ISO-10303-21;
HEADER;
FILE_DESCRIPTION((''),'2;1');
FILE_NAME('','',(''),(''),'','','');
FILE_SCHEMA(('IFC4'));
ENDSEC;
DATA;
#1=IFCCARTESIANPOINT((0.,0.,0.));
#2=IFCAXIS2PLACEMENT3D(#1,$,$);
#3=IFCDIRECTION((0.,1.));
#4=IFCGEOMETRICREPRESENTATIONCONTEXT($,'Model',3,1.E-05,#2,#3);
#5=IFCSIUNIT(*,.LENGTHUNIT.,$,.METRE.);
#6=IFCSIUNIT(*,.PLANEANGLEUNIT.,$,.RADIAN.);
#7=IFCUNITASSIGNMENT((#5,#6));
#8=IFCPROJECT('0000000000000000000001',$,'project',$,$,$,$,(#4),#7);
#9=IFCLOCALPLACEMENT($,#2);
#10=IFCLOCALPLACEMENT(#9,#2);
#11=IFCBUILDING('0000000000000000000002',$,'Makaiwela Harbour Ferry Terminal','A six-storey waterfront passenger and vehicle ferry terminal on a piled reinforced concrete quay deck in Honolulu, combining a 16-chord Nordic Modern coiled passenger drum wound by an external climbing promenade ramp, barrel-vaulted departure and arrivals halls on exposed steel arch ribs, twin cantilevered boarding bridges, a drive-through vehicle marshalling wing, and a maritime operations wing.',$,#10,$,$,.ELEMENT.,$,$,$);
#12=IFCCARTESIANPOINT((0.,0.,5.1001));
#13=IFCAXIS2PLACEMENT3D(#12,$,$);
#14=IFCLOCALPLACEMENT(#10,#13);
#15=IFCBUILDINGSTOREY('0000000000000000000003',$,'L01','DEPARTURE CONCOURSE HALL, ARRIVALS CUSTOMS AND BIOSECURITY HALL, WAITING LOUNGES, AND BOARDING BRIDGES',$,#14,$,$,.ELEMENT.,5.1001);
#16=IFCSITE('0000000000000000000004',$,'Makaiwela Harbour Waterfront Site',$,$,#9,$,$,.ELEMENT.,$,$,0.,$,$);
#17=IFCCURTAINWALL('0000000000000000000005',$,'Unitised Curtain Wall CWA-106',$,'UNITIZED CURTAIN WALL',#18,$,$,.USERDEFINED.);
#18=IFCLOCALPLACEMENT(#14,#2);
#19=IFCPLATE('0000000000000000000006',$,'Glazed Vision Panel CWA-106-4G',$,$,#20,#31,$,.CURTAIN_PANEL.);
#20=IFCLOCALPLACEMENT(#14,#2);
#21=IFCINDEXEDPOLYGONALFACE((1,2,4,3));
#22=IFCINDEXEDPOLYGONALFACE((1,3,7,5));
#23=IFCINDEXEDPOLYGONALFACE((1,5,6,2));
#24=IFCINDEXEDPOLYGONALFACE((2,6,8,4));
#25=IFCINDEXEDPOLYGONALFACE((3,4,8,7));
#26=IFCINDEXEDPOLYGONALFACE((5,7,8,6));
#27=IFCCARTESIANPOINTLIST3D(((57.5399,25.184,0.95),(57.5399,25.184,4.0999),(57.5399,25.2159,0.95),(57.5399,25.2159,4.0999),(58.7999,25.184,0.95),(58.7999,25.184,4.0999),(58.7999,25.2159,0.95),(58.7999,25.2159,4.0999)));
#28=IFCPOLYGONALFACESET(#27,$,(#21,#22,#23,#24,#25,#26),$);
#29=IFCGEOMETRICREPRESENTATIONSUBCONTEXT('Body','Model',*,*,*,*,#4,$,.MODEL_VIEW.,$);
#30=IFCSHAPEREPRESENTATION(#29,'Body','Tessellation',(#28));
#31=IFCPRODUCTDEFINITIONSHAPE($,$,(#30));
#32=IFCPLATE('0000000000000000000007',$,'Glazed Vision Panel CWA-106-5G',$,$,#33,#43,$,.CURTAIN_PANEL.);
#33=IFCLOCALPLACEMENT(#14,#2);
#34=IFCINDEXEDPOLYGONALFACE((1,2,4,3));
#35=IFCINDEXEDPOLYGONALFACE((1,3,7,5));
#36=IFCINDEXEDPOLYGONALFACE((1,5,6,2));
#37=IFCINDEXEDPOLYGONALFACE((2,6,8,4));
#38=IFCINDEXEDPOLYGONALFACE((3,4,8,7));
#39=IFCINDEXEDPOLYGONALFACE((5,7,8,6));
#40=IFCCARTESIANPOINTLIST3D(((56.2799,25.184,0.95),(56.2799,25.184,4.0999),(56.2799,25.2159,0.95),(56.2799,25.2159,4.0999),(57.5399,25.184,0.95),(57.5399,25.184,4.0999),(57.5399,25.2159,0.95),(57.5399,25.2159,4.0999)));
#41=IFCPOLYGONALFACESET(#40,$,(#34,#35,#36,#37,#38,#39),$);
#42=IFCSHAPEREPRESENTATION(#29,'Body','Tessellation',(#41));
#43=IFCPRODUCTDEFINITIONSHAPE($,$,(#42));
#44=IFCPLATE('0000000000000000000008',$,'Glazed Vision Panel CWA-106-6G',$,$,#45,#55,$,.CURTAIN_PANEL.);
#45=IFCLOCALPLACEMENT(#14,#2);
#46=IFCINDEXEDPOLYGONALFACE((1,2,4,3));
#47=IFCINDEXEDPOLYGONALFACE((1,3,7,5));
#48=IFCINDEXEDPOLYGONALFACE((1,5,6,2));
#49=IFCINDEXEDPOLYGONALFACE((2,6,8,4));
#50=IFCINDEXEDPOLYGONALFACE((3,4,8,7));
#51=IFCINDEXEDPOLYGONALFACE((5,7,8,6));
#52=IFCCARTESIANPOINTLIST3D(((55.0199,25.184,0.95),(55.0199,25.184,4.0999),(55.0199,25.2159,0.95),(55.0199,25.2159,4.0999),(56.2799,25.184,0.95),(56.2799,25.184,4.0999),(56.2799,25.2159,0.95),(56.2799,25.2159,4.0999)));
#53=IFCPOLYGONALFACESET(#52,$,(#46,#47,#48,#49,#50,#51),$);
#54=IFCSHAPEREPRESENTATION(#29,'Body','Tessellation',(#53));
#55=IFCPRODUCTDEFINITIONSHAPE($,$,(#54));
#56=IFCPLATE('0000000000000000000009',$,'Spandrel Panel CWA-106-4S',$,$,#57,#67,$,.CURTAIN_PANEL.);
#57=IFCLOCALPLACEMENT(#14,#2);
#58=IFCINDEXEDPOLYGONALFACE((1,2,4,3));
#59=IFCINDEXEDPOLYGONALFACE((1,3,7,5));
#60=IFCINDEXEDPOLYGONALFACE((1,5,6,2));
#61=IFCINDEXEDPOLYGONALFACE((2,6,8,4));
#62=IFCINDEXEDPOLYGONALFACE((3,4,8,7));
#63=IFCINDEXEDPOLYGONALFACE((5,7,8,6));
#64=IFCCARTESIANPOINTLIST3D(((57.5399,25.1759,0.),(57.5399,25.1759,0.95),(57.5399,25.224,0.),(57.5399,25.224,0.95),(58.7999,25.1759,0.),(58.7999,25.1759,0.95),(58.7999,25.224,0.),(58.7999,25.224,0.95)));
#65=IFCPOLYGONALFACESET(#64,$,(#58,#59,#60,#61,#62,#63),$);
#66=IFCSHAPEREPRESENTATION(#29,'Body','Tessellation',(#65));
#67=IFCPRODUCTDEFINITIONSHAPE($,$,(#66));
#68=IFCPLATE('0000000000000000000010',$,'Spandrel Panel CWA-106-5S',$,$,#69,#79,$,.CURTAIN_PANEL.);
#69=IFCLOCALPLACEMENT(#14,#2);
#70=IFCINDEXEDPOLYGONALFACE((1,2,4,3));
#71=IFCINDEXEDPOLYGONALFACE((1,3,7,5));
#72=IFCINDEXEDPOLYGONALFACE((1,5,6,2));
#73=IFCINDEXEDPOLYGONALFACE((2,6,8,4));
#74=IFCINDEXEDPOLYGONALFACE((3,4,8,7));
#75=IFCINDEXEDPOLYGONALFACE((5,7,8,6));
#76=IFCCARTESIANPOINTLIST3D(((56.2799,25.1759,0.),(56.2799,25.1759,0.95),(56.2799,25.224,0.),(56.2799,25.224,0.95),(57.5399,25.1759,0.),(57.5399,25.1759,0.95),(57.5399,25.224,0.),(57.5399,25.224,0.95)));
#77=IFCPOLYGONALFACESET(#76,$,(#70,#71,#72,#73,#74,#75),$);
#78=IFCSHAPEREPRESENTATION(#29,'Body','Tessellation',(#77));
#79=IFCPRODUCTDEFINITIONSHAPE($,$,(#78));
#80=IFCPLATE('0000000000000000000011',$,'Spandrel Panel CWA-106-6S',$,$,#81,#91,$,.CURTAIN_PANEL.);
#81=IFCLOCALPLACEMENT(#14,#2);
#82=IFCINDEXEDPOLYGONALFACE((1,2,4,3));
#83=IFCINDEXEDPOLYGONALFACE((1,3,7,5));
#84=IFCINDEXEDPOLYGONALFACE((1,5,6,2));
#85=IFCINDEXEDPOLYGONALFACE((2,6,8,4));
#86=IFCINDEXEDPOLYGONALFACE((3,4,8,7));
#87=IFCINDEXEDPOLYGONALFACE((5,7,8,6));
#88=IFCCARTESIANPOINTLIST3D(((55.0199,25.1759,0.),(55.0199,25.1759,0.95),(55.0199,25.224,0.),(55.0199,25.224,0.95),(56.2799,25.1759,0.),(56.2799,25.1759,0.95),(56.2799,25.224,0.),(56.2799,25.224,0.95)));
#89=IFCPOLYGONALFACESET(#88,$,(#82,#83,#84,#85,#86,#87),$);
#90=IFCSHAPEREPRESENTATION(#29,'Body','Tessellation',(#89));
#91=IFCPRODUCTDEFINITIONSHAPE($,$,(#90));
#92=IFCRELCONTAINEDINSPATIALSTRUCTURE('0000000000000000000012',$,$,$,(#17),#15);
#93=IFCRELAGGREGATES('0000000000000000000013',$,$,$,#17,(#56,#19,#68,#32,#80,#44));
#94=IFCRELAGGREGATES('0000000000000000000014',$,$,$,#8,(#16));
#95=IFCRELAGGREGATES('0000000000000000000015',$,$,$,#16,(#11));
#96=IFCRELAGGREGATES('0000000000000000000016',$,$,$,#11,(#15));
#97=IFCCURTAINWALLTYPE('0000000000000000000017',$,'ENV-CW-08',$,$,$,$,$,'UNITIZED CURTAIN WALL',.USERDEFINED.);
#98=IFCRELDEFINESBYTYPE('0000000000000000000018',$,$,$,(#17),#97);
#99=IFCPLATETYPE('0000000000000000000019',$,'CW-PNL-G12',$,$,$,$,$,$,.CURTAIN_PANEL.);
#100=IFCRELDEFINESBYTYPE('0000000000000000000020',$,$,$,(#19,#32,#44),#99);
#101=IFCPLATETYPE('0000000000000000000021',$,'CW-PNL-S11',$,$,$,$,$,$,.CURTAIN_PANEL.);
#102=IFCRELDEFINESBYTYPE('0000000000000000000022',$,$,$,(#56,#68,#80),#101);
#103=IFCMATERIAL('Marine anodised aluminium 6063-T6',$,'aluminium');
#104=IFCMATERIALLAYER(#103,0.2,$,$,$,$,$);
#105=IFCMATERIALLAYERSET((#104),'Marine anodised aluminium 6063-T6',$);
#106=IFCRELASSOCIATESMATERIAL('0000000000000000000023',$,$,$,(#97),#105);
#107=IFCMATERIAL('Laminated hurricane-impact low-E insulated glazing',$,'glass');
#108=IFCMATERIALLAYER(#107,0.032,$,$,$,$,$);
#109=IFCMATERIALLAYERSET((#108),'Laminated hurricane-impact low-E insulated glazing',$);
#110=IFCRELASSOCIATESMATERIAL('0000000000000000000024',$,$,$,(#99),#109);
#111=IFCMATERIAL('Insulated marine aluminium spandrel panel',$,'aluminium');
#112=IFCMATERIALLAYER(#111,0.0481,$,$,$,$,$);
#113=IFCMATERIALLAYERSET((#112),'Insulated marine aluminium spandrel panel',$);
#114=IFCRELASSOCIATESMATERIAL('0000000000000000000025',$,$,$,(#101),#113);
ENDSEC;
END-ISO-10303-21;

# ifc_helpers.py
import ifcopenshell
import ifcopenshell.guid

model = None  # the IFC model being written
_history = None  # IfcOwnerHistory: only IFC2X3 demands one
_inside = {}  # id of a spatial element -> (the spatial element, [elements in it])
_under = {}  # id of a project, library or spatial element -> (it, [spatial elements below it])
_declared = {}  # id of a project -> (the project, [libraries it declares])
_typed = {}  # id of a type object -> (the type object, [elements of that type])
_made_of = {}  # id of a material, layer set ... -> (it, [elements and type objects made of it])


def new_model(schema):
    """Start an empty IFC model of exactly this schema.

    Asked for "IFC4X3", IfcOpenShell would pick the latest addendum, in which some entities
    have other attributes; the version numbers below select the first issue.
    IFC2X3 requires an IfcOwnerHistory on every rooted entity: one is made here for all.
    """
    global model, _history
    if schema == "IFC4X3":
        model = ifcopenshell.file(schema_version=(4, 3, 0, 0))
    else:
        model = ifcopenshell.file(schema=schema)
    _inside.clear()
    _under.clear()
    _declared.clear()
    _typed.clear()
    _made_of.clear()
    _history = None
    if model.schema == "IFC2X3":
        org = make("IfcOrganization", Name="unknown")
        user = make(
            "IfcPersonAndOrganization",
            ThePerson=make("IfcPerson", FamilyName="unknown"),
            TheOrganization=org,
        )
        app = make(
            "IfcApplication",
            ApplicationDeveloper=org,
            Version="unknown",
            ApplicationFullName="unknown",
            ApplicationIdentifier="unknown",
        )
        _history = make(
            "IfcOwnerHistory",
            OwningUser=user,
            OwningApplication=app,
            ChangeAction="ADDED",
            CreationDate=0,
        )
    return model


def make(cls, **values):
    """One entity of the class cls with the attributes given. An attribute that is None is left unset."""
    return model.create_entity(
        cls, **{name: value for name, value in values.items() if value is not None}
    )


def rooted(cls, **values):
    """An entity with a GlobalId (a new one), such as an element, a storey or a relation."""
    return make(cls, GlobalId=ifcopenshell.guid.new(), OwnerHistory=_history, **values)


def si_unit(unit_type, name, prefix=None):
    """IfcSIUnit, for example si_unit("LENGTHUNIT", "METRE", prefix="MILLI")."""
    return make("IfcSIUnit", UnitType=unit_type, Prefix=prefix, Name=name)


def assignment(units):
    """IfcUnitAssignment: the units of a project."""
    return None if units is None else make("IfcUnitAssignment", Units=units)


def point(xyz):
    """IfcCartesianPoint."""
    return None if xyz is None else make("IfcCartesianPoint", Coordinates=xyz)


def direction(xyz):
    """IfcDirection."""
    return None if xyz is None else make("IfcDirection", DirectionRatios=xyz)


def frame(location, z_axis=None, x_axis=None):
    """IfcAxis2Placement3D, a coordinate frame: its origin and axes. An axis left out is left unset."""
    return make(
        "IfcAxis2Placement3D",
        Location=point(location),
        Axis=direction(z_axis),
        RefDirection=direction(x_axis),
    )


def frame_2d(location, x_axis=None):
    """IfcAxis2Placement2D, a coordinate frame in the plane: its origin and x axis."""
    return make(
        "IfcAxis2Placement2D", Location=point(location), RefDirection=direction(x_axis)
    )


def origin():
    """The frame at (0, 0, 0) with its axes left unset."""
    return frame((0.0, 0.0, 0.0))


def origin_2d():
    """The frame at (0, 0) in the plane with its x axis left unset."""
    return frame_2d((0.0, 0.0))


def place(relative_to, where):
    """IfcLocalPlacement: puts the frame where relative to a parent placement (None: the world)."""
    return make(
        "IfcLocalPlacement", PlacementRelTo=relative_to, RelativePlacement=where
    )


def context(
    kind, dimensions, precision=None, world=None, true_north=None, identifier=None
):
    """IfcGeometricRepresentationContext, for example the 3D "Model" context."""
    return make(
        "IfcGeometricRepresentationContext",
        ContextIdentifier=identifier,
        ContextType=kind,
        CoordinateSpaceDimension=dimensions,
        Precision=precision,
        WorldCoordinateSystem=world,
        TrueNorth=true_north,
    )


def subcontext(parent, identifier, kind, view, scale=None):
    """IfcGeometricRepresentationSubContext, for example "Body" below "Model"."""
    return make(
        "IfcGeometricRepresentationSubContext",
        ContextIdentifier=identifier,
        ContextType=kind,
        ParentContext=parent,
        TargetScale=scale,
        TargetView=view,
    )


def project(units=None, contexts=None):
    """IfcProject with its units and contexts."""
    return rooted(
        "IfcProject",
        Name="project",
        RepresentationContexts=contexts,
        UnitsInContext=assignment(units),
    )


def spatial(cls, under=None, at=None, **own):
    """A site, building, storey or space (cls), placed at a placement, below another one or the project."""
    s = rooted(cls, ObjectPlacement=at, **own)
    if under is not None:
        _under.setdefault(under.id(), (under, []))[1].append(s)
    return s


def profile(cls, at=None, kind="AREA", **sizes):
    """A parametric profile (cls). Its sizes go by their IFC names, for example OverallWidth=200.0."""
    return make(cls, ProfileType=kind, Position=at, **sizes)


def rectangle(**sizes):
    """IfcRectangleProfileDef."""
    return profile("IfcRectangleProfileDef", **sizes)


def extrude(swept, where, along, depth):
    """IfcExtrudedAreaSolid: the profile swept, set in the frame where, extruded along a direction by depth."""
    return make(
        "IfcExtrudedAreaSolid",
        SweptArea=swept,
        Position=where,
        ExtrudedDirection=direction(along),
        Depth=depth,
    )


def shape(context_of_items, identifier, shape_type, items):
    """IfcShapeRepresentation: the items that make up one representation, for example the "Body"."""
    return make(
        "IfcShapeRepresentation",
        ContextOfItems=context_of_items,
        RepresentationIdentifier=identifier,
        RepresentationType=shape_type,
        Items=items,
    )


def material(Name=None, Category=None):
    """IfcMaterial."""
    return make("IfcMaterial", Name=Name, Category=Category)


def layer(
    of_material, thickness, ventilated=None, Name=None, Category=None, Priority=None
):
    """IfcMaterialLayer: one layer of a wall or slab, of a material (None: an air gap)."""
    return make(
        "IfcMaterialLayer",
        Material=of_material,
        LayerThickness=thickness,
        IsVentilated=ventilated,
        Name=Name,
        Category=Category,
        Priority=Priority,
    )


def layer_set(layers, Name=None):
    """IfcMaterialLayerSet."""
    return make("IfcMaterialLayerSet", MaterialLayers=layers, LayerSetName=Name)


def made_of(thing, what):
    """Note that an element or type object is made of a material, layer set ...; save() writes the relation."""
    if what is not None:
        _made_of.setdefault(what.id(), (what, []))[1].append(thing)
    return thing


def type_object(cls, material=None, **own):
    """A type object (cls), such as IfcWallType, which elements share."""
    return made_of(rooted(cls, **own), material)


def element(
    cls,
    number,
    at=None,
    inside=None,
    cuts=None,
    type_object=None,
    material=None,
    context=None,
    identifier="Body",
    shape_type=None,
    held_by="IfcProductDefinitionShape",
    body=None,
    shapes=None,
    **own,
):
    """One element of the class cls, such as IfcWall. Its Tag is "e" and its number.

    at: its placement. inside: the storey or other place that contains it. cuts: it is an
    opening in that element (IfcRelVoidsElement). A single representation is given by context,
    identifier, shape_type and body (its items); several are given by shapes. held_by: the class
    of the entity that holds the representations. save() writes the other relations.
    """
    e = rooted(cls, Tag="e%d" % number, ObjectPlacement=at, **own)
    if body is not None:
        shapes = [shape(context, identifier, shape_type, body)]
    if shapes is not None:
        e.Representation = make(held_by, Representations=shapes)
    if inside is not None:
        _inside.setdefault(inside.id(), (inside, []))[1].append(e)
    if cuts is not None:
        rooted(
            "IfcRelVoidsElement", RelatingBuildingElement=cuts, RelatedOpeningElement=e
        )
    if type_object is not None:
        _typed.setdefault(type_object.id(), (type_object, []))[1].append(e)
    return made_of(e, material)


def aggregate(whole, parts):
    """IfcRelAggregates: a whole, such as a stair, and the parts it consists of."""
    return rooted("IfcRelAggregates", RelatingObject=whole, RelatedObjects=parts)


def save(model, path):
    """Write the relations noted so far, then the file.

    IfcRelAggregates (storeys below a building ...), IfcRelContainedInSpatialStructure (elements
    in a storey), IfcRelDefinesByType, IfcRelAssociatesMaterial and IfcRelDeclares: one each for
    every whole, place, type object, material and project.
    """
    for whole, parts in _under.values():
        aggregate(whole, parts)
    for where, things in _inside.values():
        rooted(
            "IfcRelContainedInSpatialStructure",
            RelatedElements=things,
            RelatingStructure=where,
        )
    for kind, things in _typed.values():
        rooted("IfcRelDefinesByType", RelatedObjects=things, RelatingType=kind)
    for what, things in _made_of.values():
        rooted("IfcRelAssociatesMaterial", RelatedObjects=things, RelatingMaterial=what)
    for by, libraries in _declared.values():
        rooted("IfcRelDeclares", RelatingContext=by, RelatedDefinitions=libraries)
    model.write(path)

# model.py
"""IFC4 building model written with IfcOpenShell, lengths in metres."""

from ifc_helpers import new_model, si_unit, direction, frame, origin, origin_2d, place, context, subcontext, project, spatial, rectangle, extrude, material, layer, layer_set, type_object, element, aggregate, save


model = new_model("IFC4")

# Units and contexts
model_context = context("Model", 3, precision=1e-05, world=origin(), true_north=direction((0.0, 1.0)))
body_context = subcontext(model_context, "Body", "Model", "MODEL_VIEW")
ifc_project = project(units=[si_unit("LENGTHUNIT", "METRE"), si_unit("PLANEANGLEUNIT", "RADIAN")], contexts=[model_context])

# Site, building, storey
site_placement = place(None, origin())
site = spatial("IfcSite", under=ifc_project, at=site_placement, Name="Makaiwela Harbour Waterfront Site", CompositionType="ELEMENT", RefElevation=0.0)
building_placement = place(site_placement, origin())
building = spatial("IfcBuilding", under=site, at=building_placement, Name="Makaiwela Harbour Ferry Terminal", Description="A six-storey waterfront passenger and vehicle ferry terminal on a piled reinforced concrete quay deck in Honolulu, combining a 16-chord Nordic Modern coiled passenger drum wound by an external climbing promenade ramp, barrel-vaulted departure and arrivals halls on exposed steel arch ribs, twin cantilevered boarding bridges, a drive-through vehicle marshalling wing, and a maritime operations wing.", CompositionType="ELEMENT")
storey_placement = place(building_placement, frame((0.0, 0.0, 5.1001)))
storey = spatial("IfcBuildingStorey", under=building, at=storey_placement, Name="L01", Description="DEPARTURE CONCOURSE HALL, ARRIVALS CUSTOMS AND BIOSECURITY HALL, WAITING LOUNGES, AND BOARDING BRIDGES", CompositionType="ELEMENT", Elevation=5.1001)

# Curtain wall
ifc_material_1 = material(Name="Marine anodised aluminium 6063-T6", Category="aluminium")
ifc_layer_1 = layer(ifc_material_1, 0.2)
ifc_layer_set_1 = layer_set([ifc_layer_1], Name="Marine anodised aluminium 6063-T6")
curtain_wall_type = type_object("IfcCurtainWallType", Name="ENV-CW-08", ElementType="UNITIZED CURTAIN WALL", PredefinedType="USERDEFINED", material=ifc_layer_set_1)
curtain_wall_placement = place(storey_placement, origin())
curtain_wall = element("IfcCurtainWall", 1, at=curtain_wall_placement, inside=storey, type_object=curtain_wall_type, Name="Unitised Curtain Wall CWA-106", ObjectType="UNITIZED CURTAIN WALL", PredefinedType="USERDEFINED")

# Plates
ifc_material_2 = material(Name="Laminated hurricane-impact low-E insulated glazing", Category="glass")
ifc_layer_2 = layer(ifc_material_2, 0.032)
ifc_layer_set_2 = layer_set([ifc_layer_2], Name="Laminated hurricane-impact low-E insulated glazing")
plate_type_1 = type_object("IfcPlateType", Name="CW-PNL-G12", PredefinedType="CURTAIN_PANEL", material=ifc_layer_set_2)
plate_1_placement = place(storey_placement, frame((58.1699, 25.2, 0.95), z_axis=(0.0, 0.0, 1.0), x_axis=(-1.0, 0.0, 0.0)))
plate_1 = element("IfcPlate", 2, at=plate_1_placement, type_object=plate_type_1, Name="Glazed Vision Panel CWA-106-4G", PredefinedType="CURTAIN_PANEL", context=body_context, shape_type="SweptSolid", body=[
    extrude(rectangle(XDim=1.26, YDim=0.032, at=origin_2d()), origin(), (0.0, 0.0, 1.0), 3.1499),
])
plate_2_placement = place(storey_placement, frame((56.9099, 25.2, 0.95), z_axis=(0.0, 0.0, 1.0), x_axis=(-1.0, 0.0, 0.0)))
plate_2 = element("IfcPlate", 3, at=plate_2_placement, type_object=plate_type_1, Name="Glazed Vision Panel CWA-106-5G", PredefinedType="CURTAIN_PANEL", context=body_context, shape_type="SweptSolid", body=[
    extrude(rectangle(XDim=1.26, YDim=0.032, at=origin_2d()), origin(), (0.0, 0.0, 1.0), 3.1499),
])
plate_3_placement = place(storey_placement, frame((55.6499, 25.2, 0.95), z_axis=(0.0, 0.0, 1.0), x_axis=(-1.0, 0.0, 0.0)))
plate_3 = element("IfcPlate", 4, at=plate_3_placement, type_object=plate_type_1, Name="Glazed Vision Panel CWA-106-6G", PredefinedType="CURTAIN_PANEL", context=body_context, shape_type="SweptSolid", body=[
    extrude(rectangle(XDim=1.26, YDim=0.032, at=origin_2d()), origin(), (0.0, 0.0, 1.0), 3.1499),
])
ifc_material_3 = material(Name="Insulated marine aluminium spandrel panel", Category="aluminium")
ifc_layer_3 = layer(ifc_material_3, 0.0481)
ifc_layer_set_3 = layer_set([ifc_layer_3], Name="Insulated marine aluminium spandrel panel")
plate_type_2 = type_object("IfcPlateType", Name="CW-PNL-S11", PredefinedType="CURTAIN_PANEL", material=ifc_layer_set_3)
plate_4_placement = place(storey_placement, frame((58.1699, 25.2, 0.0), z_axis=(0.0, 0.0, 1.0), x_axis=(-1.0, 0.0, 0.0)))
plate_4 = element("IfcPlate", 5, at=plate_4_placement, type_object=plate_type_2, Name="Spandrel Panel CWA-106-4S", PredefinedType="CURTAIN_PANEL", context=body_context, shape_type="SweptSolid", body=[
    extrude(rectangle(XDim=1.26, YDim=0.0481, at=origin_2d()), origin(), (0.0, 0.0, 1.0), 0.95),
])
plate_5_placement = place(storey_placement, frame((56.9099, 25.2, 0.0), z_axis=(0.0, 0.0, 1.0), x_axis=(-1.0, 0.0, 0.0)))
plate_5 = element("IfcPlate", 6, at=plate_5_placement, type_object=plate_type_2, Name="Spandrel Panel CWA-106-5S", PredefinedType="CURTAIN_PANEL", context=body_context, shape_type="SweptSolid", body=[
    extrude(rectangle(XDim=1.26, YDim=0.0481, at=origin_2d()), origin(), (0.0, 0.0, 1.0), 0.95),
])
plate_6_placement = place(storey_placement, frame((55.6499, 25.2, 0.0), z_axis=(0.0, 0.0, 1.0), x_axis=(-1.0, 0.0, 0.0)))
plate_6 = element("IfcPlate", 7, at=plate_6_placement, type_object=plate_type_2, Name="Spandrel Panel CWA-106-6S", PredefinedType="CURTAIN_PANEL", context=body_context, shape_type="SweptSolid", body=[
    extrude(rectangle(XDim=1.26, YDim=0.0481, at=origin_2d()), origin(), (0.0, 0.0, 1.0), 0.95),
])
aggregate(curtain_wall, [plate_4, plate_1, plate_5, plate_2, plate_6, plate_3])

save(model, "model.ifc")
